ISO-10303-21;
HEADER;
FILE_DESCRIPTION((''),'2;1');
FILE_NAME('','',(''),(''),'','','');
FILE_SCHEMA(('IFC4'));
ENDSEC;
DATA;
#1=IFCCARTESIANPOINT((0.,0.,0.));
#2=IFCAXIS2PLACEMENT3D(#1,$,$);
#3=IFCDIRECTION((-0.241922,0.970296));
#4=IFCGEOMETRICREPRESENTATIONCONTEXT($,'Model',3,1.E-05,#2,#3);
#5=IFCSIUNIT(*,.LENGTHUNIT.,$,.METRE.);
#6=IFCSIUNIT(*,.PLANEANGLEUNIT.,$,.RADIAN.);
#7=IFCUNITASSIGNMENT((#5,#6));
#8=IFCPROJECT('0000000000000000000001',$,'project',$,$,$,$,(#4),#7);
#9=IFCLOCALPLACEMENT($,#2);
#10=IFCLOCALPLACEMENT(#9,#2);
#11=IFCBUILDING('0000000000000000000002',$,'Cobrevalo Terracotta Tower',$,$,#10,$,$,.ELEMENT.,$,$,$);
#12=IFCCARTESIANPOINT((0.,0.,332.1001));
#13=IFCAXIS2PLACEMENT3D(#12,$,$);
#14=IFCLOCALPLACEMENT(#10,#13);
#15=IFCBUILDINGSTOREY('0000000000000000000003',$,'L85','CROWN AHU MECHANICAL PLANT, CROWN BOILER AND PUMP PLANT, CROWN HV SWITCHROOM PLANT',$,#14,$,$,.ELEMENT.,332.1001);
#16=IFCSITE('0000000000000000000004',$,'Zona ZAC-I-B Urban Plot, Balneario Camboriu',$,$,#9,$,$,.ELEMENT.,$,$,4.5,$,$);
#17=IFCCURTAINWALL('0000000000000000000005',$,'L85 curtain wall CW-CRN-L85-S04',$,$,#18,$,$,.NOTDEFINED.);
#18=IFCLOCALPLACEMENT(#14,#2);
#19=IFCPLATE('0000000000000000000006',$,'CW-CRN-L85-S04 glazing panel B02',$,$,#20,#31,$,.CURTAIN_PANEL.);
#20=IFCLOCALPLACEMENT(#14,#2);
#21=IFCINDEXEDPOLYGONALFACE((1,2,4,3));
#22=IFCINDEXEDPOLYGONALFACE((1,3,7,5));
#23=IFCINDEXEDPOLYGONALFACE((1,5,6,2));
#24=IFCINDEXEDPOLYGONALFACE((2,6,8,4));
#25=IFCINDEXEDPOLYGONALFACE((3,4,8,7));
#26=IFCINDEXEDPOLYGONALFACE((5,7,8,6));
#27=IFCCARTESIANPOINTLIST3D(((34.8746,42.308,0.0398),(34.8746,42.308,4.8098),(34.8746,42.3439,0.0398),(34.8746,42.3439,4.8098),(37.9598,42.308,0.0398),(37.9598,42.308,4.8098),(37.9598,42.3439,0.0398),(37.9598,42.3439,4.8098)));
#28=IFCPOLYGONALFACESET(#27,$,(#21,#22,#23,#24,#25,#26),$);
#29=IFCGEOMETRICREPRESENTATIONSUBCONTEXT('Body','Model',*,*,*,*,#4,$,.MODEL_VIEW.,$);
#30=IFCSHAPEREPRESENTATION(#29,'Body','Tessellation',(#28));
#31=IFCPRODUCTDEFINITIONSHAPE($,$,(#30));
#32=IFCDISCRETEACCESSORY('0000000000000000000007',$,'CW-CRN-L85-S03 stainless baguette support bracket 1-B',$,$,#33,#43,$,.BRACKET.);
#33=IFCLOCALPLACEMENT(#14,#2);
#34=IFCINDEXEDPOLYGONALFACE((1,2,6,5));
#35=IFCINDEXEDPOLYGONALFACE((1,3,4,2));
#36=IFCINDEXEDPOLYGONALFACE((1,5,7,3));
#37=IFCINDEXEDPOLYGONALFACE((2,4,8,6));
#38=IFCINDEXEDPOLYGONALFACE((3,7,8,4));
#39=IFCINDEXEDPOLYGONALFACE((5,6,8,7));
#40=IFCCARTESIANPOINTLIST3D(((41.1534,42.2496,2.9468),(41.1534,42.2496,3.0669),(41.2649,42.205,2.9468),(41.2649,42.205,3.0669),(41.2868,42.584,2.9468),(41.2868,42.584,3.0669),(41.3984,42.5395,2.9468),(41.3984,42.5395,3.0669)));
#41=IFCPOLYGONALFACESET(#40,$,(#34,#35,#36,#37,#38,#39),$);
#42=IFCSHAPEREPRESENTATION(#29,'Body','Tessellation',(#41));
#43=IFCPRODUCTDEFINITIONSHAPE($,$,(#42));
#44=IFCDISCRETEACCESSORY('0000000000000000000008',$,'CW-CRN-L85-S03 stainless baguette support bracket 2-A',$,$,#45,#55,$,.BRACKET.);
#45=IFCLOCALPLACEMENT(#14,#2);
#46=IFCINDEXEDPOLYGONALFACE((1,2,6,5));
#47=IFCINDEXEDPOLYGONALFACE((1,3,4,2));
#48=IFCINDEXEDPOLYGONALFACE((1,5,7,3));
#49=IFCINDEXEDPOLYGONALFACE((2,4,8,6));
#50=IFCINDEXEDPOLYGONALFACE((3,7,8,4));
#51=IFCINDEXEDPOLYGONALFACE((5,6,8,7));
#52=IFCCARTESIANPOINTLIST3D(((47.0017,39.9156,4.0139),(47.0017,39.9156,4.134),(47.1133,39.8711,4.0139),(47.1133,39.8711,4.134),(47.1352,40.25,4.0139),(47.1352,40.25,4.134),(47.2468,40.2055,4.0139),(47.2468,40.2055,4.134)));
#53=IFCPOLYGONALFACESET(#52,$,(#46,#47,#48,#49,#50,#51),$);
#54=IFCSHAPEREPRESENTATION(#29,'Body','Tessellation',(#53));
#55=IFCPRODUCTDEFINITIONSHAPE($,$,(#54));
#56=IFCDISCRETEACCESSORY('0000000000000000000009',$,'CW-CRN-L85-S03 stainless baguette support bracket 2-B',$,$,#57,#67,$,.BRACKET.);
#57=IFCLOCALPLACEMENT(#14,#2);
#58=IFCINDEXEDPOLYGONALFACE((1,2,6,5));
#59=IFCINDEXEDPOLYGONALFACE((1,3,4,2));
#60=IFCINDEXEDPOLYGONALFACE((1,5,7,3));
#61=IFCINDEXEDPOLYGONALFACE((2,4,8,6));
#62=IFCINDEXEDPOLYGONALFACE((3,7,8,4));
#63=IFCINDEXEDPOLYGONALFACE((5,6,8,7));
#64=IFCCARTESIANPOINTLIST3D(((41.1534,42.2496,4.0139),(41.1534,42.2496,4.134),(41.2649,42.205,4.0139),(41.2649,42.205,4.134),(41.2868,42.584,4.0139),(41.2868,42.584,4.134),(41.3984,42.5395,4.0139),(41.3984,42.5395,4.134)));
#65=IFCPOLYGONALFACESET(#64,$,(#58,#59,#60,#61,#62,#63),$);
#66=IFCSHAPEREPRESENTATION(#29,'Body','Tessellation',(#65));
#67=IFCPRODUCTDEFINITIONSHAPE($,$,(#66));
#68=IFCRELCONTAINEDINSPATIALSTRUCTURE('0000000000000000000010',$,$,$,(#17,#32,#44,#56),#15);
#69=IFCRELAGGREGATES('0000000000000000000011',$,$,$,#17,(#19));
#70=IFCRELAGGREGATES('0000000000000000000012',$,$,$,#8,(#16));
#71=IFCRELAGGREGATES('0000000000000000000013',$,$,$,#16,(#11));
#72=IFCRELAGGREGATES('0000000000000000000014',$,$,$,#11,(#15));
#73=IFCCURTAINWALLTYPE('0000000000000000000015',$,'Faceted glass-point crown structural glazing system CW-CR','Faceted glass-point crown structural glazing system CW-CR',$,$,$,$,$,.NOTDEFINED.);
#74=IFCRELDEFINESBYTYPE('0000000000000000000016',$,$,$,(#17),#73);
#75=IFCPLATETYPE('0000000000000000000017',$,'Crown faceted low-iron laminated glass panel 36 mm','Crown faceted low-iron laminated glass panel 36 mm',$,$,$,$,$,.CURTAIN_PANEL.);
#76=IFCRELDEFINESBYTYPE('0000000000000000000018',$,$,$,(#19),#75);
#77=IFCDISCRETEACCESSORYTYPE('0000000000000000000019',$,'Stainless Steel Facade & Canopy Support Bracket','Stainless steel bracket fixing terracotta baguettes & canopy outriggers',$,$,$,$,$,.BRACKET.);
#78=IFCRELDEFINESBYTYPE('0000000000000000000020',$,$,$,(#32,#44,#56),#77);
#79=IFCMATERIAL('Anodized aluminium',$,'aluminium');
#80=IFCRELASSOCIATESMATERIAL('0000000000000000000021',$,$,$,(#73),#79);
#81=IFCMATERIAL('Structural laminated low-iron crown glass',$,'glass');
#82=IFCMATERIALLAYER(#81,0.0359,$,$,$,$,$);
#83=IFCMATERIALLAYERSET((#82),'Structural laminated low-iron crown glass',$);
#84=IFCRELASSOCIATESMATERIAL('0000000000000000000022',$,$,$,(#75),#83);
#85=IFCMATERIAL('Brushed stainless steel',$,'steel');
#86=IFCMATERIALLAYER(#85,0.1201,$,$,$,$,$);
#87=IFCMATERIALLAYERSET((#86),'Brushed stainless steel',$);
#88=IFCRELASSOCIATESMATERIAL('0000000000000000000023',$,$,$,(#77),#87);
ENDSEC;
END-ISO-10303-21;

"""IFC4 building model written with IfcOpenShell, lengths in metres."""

from ifc_helpers import new_model, si_unit, direction, frame, origin, origin_2d, place, context, subcontext, project, spatial, rectangle, extrude, source, transform, mapped, material, layer, layer_set, type_object, element, aggregate, save


model = new_model("IFC4")

# Units and contexts
model_context = context("Model", 3, precision=1e-05, world=origin(), true_north=direction((-0.241922, 0.970296)))
body_context = subcontext(model_context, "Body", "Model", "MODEL_VIEW")
ifc_project = project(units=[si_unit("LENGTHUNIT", "METRE"), si_unit("PLANEANGLEUNIT", "RADIAN")], contexts=[model_context])

# Site, building, storey
site_placement = place(None, origin())
site = spatial("IfcSite", under=ifc_project, at=site_placement, Name="Zona ZAC-I-B Urban Plot, Balneario Camboriu", CompositionType="ELEMENT", RefElevation=4.5)
building_placement = place(site_placement, origin())
building = spatial("IfcBuilding", under=site, at=building_placement, Name="Cobrevalo Terracotta Tower", CompositionType="ELEMENT")
storey_placement = place(building_placement, frame((0.0, 0.0, 332.1001)))
storey = spatial("IfcBuildingStorey", under=building, at=storey_placement, Name="L85", Description="CROWN AHU MECHANICAL PLANT, CROWN BOILER AND PUMP PLANT, CROWN HV SWITCHROOM PLANT", CompositionType="ELEMENT", Elevation=332.1001)

# Curtain wall
ifc_material_1 = material(Name="Anodized aluminium", Category="aluminium")
curtain_wall_type = type_object("IfcCurtainWallType", Name="Faceted glass-point crown structural glazing system CW-CR", Description="Faceted glass-point crown structural glazing system CW-CR", PredefinedType="NOTDEFINED", material=ifc_material_1)
curtain_wall_1_placement = place(storey_placement, origin())
curtain_wall_1 = element("IfcCurtainWall", 1, at=curtain_wall_1_placement, inside=storey, type_object=curtain_wall_type, Name="L85 curtain wall CW-CRN-L85-S04", PredefinedType="NOTDEFINED")

# Plate
ifc_material_2 = material(Name="Structural laminated low-iron crown glass", Category="glass")
ifc_layer_1 = layer(ifc_material_2, 0.0359)
ifc_layer_set_1 = layer_set([ifc_layer_1], Name="Structural laminated low-iron crown glass")
plate_type_1 = type_object("IfcPlateType", Name="Crown faceted low-iron laminated glass panel 36 mm", Description="Crown faceted low-iron laminated glass panel 36 mm", PredefinedType="CURTAIN_PANEL", material=ifc_layer_set_1)
shared_shape_1 = source(origin(), body_context, "Body", "SweptSolid", [
    extrude(rectangle(XDim=3.0852, YDim=0.0359, at=origin_2d()), origin(), (0.0, 0.0, 1.0), 4.77),
])
plate_1_placement = place(storey_placement, frame((36.4172, 42.3259, 0.0398), z_axis=(0.0, 0.0, 1.0), x_axis=(-1.0, 0.0, 0.0)))
plate_1 = element("IfcPlate", 2, at=plate_1_placement, type_object=plate_type_1, Name="CW-CRN-L85-S04 glazing panel B02", PredefinedType="CURTAIN_PANEL", context=body_context, shape_type="MappedRepresentation", body=[
    mapped(shared_shape_1, transform((0.0, 0.0, 0.0), scale=1.0)),
])
aggregate(curtain_wall_1, [plate_1])

# Discrete accessories
ifc_material_3 = material(Name="Brushed stainless steel", Category="steel")
ifc_layer_2 = layer(ifc_material_3, 0.1201)
ifc_layer_set_2 = layer_set([ifc_layer_2], Name="Brushed stainless steel")
discrete_accessory_type = type_object("IfcDiscreteAccessoryType", Name="Stainless Steel Facade & Canopy Support Bracket", Description="Stainless steel bracket fixing terracotta baguettes & canopy outriggers", PredefinedType="BRACKET", material=ifc_layer_set_2)
shared_shape_2 = source(origin(), body_context, "Body", "SweptSolid", [
    extrude(rectangle(XDim=0.1201, YDim=0.3601, at=origin_2d()), origin(), (0.0, 0.0, 1.0), 0.1201),
])
for number, where, z_axis, x_axis, name in (
    (3, (41.2759, 42.3945, 2.9468), (0.0, 0.0, 1.0), (-0.928769, 0.37066, 0.0), "CW-CRN-L85-S03 stainless baguette support bracket 1-B"),
    (4, (47.1243, 40.0605, 4.0139), (0.0, 0.0, 1.0), (-0.928769, 0.37066, 0.0), "CW-CRN-L85-S03 stainless baguette support bracket 2-A"),
    (5, (41.2759, 42.3945, 4.0139), (0.0, 0.0, 1.0), (-0.928769, 0.37066, 0.0), "CW-CRN-L85-S03 stainless baguette support bracket 2-B"),
):
    element("IfcDiscreteAccessory", number, at=place(storey_placement, frame(where, z_axis=z_axis, x_axis=x_axis)), inside=storey, type_object=discrete_accessory_type, Name=name, PredefinedType="BRACKET", context=body_context, shape_type="MappedRepresentation", body=[
        mapped(shared_shape_2, transform((0.0, 0.0, 0.0), scale=1.0)),
    ])

save(model, "model.ifc")
